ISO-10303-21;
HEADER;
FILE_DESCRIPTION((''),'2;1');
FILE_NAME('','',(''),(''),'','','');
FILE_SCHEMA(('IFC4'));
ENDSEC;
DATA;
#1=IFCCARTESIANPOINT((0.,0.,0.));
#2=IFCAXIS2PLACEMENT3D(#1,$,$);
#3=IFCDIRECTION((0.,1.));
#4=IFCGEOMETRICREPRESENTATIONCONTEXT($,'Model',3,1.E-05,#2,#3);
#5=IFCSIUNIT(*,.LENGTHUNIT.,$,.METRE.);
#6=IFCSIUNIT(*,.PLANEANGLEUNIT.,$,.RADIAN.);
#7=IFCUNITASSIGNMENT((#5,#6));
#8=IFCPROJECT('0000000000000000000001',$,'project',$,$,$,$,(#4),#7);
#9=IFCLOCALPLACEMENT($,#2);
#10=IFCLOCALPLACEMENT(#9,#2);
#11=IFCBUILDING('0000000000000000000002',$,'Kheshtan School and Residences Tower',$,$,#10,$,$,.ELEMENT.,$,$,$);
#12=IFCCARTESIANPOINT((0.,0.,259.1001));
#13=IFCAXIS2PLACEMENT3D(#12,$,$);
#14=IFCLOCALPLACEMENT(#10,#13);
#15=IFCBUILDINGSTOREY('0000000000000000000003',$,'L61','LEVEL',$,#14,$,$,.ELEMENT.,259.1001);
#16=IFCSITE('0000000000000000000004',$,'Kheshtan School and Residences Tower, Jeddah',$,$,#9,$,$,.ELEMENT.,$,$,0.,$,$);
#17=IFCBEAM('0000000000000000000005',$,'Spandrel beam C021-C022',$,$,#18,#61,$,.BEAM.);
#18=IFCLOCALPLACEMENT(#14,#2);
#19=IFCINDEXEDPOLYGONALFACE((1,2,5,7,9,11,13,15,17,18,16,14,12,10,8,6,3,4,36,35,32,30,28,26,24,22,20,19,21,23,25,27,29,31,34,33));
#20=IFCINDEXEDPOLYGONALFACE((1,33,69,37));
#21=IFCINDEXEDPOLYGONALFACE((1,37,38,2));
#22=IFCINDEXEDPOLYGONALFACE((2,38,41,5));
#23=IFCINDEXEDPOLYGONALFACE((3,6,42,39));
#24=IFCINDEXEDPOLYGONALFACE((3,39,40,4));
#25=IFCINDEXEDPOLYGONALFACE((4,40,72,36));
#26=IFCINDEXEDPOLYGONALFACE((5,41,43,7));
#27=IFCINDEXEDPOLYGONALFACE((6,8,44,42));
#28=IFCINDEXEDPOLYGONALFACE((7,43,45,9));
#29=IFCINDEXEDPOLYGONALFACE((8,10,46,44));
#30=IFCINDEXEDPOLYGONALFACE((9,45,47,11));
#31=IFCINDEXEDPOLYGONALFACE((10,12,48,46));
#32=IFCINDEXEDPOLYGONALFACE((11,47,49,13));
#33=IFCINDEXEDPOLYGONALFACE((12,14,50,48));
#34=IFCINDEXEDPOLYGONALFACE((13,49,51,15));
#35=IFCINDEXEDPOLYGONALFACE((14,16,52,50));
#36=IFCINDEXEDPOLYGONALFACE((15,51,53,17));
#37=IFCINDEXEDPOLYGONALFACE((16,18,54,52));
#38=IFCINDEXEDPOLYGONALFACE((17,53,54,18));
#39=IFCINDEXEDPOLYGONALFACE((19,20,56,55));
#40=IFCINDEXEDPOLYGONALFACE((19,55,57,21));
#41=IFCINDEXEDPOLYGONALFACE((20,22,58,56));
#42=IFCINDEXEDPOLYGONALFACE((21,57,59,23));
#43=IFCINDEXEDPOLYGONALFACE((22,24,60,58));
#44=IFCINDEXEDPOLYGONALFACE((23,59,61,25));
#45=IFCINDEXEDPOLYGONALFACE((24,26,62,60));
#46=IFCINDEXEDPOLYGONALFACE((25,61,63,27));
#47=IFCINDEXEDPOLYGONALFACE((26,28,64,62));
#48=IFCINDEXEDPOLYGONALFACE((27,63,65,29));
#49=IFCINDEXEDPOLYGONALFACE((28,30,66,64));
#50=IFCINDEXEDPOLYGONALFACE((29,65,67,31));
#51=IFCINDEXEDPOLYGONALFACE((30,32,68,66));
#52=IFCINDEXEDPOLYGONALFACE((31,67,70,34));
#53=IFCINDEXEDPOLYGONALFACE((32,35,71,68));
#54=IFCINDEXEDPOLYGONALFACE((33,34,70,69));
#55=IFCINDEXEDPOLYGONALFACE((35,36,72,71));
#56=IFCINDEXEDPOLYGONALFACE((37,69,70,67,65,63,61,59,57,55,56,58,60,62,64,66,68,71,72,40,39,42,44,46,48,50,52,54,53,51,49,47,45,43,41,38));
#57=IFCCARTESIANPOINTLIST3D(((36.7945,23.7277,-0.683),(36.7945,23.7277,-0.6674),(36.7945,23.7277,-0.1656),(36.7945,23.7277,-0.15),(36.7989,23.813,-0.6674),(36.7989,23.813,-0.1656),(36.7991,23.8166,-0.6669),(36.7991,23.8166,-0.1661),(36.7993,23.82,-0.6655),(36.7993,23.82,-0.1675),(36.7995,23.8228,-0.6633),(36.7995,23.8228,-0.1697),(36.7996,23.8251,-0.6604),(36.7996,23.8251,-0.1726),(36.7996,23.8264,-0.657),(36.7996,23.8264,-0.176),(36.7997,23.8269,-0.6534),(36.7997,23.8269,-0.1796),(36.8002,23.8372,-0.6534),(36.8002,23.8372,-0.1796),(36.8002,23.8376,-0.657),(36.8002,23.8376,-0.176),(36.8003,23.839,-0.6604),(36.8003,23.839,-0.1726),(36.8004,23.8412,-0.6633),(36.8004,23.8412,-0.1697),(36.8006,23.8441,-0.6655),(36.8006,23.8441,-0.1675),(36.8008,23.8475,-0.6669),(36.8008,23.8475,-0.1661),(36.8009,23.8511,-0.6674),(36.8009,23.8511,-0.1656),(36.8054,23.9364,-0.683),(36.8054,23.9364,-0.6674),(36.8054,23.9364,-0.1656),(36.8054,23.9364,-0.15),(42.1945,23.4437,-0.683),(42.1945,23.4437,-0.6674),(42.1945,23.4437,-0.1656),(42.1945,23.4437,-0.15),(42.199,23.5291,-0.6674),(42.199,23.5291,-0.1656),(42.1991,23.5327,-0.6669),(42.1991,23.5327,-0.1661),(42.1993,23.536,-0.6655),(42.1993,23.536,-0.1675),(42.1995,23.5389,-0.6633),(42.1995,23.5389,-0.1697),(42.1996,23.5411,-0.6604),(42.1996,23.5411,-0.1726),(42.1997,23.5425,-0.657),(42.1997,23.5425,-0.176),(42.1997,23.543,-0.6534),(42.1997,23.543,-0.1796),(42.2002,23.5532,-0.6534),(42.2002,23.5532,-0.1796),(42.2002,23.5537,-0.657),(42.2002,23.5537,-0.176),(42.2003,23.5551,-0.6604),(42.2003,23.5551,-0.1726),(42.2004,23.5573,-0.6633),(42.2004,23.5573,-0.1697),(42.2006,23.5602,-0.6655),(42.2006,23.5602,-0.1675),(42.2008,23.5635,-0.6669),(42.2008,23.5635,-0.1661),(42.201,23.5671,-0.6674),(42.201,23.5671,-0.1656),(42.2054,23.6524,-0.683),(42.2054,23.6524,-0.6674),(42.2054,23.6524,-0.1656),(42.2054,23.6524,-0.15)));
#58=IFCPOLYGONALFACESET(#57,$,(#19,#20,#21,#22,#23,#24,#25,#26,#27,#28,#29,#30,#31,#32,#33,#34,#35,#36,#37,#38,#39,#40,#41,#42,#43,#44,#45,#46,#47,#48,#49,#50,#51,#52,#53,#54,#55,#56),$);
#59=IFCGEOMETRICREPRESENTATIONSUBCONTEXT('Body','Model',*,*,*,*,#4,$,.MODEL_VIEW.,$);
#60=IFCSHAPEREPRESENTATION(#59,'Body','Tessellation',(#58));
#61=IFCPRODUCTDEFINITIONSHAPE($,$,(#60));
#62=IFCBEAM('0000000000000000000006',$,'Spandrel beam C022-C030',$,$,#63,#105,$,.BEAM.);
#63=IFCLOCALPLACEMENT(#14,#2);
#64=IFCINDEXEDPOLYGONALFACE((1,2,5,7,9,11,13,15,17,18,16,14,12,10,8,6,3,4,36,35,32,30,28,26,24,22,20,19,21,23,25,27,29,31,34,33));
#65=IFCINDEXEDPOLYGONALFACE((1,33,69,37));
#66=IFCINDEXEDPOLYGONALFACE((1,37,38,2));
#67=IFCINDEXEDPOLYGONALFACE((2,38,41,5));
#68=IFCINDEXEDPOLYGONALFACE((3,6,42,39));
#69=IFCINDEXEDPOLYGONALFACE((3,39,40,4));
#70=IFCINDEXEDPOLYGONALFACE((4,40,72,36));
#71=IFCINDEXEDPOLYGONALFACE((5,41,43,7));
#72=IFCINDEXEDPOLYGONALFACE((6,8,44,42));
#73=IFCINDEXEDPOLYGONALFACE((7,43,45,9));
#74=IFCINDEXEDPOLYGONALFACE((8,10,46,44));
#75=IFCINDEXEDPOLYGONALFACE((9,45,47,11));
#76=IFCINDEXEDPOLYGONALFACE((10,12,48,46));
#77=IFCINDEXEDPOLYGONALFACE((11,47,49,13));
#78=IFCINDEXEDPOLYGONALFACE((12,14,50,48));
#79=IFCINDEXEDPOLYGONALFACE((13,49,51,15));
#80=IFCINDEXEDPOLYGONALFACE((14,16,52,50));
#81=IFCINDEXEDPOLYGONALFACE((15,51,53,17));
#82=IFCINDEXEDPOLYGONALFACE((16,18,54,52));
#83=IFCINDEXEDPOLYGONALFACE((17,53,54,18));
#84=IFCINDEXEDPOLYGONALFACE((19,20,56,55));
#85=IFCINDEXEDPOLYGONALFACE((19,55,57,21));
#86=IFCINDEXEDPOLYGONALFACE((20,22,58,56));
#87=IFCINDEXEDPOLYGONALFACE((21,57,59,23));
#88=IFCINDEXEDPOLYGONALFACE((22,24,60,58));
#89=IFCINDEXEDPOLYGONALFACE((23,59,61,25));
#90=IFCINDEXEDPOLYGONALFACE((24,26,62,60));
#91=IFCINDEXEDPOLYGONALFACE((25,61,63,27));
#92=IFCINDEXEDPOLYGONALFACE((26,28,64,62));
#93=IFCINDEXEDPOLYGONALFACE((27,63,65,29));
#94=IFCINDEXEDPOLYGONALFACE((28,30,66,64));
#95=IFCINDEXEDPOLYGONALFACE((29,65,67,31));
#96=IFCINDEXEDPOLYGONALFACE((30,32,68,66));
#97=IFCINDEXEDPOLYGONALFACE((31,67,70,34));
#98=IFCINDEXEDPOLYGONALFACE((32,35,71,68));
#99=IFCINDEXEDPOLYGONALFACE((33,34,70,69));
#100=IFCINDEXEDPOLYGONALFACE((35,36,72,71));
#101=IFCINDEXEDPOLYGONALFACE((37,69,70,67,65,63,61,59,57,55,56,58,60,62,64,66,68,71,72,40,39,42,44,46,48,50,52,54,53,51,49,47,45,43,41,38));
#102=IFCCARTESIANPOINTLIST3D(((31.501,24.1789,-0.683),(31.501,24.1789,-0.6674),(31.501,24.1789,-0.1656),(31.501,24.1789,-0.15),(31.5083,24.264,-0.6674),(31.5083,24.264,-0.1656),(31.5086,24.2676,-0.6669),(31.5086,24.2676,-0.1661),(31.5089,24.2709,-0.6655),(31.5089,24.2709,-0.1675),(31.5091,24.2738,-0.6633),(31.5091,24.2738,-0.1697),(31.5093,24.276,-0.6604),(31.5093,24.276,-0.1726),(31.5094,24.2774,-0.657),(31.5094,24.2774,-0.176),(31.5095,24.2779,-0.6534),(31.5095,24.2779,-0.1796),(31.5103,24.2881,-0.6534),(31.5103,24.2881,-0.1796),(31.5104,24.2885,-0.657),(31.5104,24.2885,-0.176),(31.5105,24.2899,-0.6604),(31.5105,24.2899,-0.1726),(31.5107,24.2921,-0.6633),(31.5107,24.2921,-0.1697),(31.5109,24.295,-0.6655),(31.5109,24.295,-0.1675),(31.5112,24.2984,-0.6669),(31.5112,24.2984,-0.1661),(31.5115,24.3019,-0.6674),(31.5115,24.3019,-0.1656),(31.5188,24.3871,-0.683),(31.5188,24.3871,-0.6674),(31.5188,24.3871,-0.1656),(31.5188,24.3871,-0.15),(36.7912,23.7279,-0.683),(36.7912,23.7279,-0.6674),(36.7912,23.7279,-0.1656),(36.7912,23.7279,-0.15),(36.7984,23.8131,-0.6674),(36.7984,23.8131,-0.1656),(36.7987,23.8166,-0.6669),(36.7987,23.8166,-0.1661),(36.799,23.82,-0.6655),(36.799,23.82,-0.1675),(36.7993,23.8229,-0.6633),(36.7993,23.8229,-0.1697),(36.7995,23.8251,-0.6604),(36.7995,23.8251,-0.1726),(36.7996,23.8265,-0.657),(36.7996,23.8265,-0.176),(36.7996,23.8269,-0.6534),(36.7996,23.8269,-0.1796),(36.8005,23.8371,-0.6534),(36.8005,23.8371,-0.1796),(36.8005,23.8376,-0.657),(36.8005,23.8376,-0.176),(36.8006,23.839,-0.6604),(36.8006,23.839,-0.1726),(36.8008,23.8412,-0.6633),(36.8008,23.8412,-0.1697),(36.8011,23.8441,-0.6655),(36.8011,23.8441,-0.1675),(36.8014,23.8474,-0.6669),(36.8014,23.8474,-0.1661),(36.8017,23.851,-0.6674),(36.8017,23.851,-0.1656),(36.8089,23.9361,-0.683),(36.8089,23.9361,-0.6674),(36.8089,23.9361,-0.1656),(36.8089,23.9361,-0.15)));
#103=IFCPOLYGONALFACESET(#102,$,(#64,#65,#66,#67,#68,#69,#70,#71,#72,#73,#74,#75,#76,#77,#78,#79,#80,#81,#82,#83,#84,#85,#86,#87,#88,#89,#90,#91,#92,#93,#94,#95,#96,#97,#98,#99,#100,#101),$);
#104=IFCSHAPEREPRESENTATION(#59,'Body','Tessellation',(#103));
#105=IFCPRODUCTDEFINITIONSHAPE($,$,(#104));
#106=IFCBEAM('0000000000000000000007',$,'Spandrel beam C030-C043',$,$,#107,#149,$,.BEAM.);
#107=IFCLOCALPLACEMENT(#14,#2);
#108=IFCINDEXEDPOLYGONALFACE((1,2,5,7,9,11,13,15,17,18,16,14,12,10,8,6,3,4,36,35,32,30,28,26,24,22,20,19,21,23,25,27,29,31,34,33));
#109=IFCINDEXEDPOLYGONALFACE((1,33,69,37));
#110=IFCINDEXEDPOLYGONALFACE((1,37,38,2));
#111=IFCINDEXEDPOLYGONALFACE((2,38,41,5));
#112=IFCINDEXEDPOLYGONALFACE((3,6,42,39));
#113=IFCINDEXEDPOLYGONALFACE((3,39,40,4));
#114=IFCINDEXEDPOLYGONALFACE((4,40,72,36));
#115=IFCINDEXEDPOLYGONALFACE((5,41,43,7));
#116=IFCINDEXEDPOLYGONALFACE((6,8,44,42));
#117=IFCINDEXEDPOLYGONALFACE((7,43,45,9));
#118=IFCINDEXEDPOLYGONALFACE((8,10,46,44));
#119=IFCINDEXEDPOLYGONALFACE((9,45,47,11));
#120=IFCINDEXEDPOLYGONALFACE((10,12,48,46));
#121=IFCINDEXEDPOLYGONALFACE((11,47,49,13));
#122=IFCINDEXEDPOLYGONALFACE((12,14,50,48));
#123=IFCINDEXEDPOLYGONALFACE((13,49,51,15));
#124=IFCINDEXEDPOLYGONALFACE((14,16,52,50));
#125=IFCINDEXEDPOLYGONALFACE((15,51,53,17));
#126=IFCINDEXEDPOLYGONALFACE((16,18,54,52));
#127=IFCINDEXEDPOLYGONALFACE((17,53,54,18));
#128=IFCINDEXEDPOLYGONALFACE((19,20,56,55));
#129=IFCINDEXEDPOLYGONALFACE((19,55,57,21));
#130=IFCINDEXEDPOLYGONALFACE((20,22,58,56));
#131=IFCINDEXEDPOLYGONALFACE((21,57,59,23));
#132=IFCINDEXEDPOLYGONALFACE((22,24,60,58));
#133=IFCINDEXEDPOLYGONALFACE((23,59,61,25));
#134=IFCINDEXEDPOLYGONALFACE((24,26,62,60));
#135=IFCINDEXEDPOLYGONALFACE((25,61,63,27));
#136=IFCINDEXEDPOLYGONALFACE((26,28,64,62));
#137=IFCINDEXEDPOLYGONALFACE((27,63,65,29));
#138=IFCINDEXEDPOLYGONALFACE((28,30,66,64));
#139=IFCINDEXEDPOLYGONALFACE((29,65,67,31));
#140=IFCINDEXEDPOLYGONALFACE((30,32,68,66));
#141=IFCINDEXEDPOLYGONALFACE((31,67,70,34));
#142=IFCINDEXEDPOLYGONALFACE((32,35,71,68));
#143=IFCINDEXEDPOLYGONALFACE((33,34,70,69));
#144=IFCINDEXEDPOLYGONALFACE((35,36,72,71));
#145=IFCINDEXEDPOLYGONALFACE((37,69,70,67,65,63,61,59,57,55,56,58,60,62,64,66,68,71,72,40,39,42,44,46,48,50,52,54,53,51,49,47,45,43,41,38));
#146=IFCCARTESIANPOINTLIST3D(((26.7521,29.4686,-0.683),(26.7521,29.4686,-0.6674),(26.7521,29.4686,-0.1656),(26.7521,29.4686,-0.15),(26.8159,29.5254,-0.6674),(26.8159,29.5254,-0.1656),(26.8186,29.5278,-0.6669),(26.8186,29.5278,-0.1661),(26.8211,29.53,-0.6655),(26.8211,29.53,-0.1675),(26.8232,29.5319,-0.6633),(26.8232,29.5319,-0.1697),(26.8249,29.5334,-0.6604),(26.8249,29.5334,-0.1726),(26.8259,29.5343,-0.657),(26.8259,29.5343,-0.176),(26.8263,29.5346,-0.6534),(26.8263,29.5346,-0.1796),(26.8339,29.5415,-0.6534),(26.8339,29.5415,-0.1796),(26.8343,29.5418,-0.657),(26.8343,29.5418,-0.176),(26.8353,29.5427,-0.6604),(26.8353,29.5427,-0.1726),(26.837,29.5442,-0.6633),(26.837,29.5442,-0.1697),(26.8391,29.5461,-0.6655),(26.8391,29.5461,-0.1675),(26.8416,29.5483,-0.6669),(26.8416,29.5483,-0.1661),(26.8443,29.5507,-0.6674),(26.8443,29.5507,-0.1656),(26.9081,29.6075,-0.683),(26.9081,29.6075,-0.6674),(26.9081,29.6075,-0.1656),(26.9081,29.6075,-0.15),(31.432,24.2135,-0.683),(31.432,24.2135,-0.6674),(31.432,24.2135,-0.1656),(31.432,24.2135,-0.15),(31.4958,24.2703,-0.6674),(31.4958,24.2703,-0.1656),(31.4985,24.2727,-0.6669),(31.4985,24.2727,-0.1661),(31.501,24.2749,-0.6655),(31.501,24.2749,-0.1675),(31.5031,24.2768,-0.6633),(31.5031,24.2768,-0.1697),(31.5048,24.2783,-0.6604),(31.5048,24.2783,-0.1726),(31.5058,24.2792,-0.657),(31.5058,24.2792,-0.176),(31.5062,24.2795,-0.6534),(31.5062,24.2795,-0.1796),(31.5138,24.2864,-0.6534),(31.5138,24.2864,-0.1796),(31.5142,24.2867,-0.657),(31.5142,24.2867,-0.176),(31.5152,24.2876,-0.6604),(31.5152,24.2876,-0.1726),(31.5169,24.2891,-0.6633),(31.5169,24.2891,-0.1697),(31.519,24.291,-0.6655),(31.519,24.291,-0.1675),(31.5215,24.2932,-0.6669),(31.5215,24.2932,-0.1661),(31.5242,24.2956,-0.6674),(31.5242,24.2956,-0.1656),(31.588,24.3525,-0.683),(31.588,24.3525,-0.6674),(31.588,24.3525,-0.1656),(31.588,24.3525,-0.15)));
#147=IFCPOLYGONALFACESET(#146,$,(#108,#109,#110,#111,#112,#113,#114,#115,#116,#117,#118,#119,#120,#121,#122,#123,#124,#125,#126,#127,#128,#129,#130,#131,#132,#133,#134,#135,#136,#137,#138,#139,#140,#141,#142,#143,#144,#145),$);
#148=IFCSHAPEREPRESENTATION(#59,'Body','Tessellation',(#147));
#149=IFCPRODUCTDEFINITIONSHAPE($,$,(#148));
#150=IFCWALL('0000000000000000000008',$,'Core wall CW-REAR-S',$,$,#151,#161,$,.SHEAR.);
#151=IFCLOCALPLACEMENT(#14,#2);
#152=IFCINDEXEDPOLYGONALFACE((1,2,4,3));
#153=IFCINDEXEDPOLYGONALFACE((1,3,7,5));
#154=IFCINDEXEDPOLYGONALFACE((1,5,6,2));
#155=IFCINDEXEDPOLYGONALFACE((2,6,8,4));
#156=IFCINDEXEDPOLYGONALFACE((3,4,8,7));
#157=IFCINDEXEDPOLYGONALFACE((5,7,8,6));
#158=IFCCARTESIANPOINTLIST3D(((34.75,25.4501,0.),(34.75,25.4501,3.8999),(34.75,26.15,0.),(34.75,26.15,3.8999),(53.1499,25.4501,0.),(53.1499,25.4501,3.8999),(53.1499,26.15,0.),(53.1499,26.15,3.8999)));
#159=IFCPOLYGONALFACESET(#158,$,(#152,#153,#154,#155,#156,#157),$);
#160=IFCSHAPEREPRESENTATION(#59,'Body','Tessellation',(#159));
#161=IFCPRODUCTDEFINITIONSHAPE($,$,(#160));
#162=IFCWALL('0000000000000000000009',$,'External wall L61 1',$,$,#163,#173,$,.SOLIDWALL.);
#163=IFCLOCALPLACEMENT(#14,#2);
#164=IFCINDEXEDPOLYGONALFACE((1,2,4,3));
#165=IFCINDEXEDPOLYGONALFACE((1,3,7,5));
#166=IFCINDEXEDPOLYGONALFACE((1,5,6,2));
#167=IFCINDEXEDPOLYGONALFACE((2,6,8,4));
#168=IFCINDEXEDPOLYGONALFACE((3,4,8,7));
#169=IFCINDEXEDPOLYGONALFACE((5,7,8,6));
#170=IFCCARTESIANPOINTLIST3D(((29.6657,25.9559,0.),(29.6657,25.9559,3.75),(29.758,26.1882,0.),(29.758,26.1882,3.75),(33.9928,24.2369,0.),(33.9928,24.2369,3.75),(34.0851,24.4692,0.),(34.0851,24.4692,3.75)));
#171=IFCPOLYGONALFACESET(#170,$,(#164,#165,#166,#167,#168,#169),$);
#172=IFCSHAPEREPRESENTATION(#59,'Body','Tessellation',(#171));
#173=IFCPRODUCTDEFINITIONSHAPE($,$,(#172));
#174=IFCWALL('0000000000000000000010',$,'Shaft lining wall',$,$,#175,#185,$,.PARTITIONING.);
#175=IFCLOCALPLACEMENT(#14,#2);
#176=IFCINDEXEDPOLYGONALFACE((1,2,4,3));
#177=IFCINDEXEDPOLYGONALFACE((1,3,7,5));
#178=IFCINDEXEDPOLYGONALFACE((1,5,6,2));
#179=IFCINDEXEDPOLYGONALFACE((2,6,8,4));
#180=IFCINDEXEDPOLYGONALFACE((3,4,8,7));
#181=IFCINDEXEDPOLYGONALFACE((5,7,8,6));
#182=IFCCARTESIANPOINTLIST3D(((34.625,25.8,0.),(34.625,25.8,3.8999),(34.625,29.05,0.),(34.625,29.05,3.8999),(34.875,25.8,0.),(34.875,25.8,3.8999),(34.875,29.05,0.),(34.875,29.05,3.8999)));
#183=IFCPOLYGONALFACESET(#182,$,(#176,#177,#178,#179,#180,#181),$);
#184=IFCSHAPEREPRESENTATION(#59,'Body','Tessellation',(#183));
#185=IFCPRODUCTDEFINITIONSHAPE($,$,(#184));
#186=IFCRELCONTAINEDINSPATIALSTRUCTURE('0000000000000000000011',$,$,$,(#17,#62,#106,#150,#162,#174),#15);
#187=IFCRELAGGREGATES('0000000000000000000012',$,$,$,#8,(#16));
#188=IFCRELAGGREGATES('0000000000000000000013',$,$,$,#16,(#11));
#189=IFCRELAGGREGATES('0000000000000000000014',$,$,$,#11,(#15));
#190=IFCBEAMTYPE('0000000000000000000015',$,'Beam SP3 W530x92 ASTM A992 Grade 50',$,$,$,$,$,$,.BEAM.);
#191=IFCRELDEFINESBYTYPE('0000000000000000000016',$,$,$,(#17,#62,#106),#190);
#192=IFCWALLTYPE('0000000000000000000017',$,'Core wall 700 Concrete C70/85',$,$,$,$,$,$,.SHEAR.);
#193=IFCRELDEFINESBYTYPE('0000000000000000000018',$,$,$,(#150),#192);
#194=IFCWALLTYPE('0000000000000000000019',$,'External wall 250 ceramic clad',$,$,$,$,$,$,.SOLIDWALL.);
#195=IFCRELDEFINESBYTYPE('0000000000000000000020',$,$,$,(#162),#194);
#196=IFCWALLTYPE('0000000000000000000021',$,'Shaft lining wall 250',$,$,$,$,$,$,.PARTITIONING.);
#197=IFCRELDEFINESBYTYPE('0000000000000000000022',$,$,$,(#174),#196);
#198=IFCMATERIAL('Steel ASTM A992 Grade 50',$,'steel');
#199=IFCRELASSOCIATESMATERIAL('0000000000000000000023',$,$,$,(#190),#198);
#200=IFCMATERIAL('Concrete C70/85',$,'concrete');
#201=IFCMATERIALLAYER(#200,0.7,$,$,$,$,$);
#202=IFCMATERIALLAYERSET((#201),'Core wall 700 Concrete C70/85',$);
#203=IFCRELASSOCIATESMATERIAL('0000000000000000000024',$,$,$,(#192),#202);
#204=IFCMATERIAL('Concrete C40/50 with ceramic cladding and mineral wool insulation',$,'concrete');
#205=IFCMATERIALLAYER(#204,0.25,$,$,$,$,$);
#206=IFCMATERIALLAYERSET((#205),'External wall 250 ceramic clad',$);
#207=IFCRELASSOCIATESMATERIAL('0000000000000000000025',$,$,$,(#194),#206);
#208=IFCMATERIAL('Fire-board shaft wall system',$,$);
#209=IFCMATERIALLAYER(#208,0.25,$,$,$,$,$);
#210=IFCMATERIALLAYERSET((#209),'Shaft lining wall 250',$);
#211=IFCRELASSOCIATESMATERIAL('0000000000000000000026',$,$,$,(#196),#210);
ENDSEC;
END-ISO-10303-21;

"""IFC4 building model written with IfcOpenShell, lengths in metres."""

from ifc_helpers import new_model, si_unit, direction, frame, frame_2d, origin, origin_2d, place, context, subcontext, project, spatial, rectangle, i_section, extrude, material, layer, layer_set, material_profile, profile_set, type_object, element, save


model = new_model("IFC4")

# Units and contexts
model_context = context("Model", 3, precision=1e-05, world=origin(), true_north=direction((0.0, 1.0)))
body_context = subcontext(model_context, "Body", "Model", "MODEL_VIEW")
ifc_project = project(units=[si_unit("LENGTHUNIT", "METRE"), si_unit("PLANEANGLEUNIT", "RADIAN")], contexts=[model_context])

# Site, building, storey
site_placement = place(None, origin())
site = spatial("IfcSite", under=ifc_project, at=site_placement, Name="Kheshtan School and Residences Tower, Jeddah", CompositionType="ELEMENT", RefElevation=0.0)
building_placement = place(site_placement, origin())
building = spatial("IfcBuilding", under=site, at=building_placement, Name="Kheshtan School and Residences Tower", CompositionType="ELEMENT")
storey_placement = place(building_placement, frame((0.0, 0.0, 259.1001)))
storey = spatial("IfcBuildingStorey", under=building, at=storey_placement, Name="L61", Description="LEVEL", CompositionType="ELEMENT", Elevation=259.1001)

# Shared definitions
ifc_material_1 = material(Name="Steel ASTM A992 Grade 50", Category="steel")

# Beams
ifc_material_profile_1 = material_profile(ifc_material_1, i_section(OverallWidth=0.209, OverallDepth=0.533, WebThickness=0.0103, FlangeThickness=0.0156, FilletRadius=0.0139, at=origin_2d()), Name="W530x92")
ifc_profile_set_1 = profile_set([ifc_material_profile_1], Name="Steel ASTM A992 Grade 50")
beam_type_1 = type_object("IfcBeamType", Name="Beam SP3 W530x92 ASTM A992 Grade 50", PredefinedType="BEAM", material=ifc_profile_set_1)
beam_1_placement = place(storey_placement, frame((42.2, 23.5481, -0.4165), z_axis=(-0.99862, 0.052509, 0.0), x_axis=(-0.052509, -0.99862, 0.0)))
element("IfcBeam", 1, at=beam_1_placement, inside=storey, type_object=beam_type_1, Name="Spandrel beam C021-C022", PredefinedType="BEAM", context=body_context, shape_type="SweptSolid", body=[
    extrude(i_section(OverallWidth=0.209, OverallDepth=0.533, WebThickness=0.0103, FlangeThickness=0.0156, FilletRadius=0.0139, at=origin_2d()), origin(), (0.0, 0.0, 1.0), 5.4075),
])
beam_2_placement = place(storey_placement, frame((36.8, 23.832, -0.4165), z_axis=(-0.996387, 0.084933, 0.0), x_axis=(-0.084933, -0.996387, 0.0)))
element("IfcBeam", 2, at=beam_2_placement, inside=storey, type_object=beam_type_1, Name="Spandrel beam C022-C030", PredefinedType="BEAM", context=body_context, shape_type="SweptSolid", body=[
    extrude(i_section(OverallWidth=0.209, OverallDepth=0.533, WebThickness=0.0103, FlangeThickness=0.0156, FilletRadius=0.0139, at=origin_2d()), origin(), (0.0, 0.0, 1.0), 5.3093),
])
beam_3_placement = place(storey_placement, frame((31.51, 24.283, -0.4165), z_axis=(-0.665055, 0.746795, 0.0), x_axis=(-0.746795, -0.665055, 0.0)))
element("IfcBeam", 3, at=beam_3_placement, inside=storey, type_object=beam_type_1, Name="Spandrel beam C030-C043", PredefinedType="BEAM", context=body_context, shape_type="SweptSolid", body=[
    extrude(i_section(OverallWidth=0.209, OverallDepth=0.533, WebThickness=0.0103, FlangeThickness=0.0156, FilletRadius=0.0139, at=origin_2d()), origin(), (0.0, 0.0, 1.0), 7.0369),
])

# Walls
ifc_material_2 = material(Name="Concrete C70/85", Category="concrete")
ifc_layer_1 = layer(ifc_material_2, 0.7)
ifc_layer_set_1 = layer_set([ifc_layer_1], Name="Core wall 700 Concrete C70/85")
wall_type_1 = type_object("IfcWallType", Name="Core wall 700 Concrete C70/85", PredefinedType="SHEAR", material=ifc_layer_set_1)
wall_1_placement = place(storey_placement, frame((34.75, 25.8, 0.0), z_axis=(0.0, 0.0, 1.0), x_axis=(1.0, 0.0, 0.0)))
element("IfcWall", 4, at=wall_1_placement, inside=storey, type_object=wall_type_1, Name="Core wall CW-REAR-S", PredefinedType="SHEAR", context=body_context, shape_type="SweptSolid", body=[
    extrude(rectangle(XDim=18.3999, YDim=0.7, at=frame_2d((9.2, 0.0))), origin(), (0.0, 0.0, 1.0), 3.8999),
])
ifc_material_3 = material(Name="Concrete C40/50 with ceramic cladding and mineral wool insulation", Category="concrete")
ifc_layer_2 = layer(ifc_material_3, 0.25)
ifc_layer_set_2 = layer_set([ifc_layer_2], Name="External wall 250 ceramic clad")
wall_type_2 = type_object("IfcWallType", Name="External wall 250 ceramic clad", PredefinedType="SOLIDWALL", material=ifc_layer_set_2)
wall_2_placement = place(storey_placement, frame((34.0391, 24.353, 0.0), z_axis=(0.0, 0.0, 1.0), x_axis=(-0.929353, 0.369193, 0.0)))
element("IfcWall", 5, at=wall_2_placement, inside=storey, type_object=wall_type_2, Name="External wall L61 1", PredefinedType="SOLIDWALL", context=body_context, shape_type="SweptSolid", body=[
    extrude(rectangle(XDim=4.656, YDim=0.25, at=frame_2d((2.3281, 0.0))), origin(), (0.0, 0.0, 1.0), 3.75),
])
ifc_material_4 = material(Name="Fire-board shaft wall system")
ifc_layer_3 = layer(ifc_material_4, 0.25)
ifc_layer_set_3 = layer_set([ifc_layer_3], Name="Shaft lining wall 250")
wall_type_3 = type_object("IfcWallType", Name="Shaft lining wall 250", PredefinedType="PARTITIONING", material=ifc_layer_set_3)
wall_3_placement = place(storey_placement, frame((34.75, 25.8, 0.0), z_axis=(0.0, 0.0, 1.0), x_axis=(0.0, 1.0, 0.0)))
element("IfcWall", 6, at=wall_3_placement, inside=storey, type_object=wall_type_3, Name="Shaft lining wall", PredefinedType="PARTITIONING", context=body_context, shape_type="SweptSolid", body=[
    extrude(rectangle(XDim=3.25, YDim=0.25, at=frame_2d((1.625, 0.0))), origin(), (0.0, 0.0, 1.0), 3.8999),
])

save(model, "model.ifc")
